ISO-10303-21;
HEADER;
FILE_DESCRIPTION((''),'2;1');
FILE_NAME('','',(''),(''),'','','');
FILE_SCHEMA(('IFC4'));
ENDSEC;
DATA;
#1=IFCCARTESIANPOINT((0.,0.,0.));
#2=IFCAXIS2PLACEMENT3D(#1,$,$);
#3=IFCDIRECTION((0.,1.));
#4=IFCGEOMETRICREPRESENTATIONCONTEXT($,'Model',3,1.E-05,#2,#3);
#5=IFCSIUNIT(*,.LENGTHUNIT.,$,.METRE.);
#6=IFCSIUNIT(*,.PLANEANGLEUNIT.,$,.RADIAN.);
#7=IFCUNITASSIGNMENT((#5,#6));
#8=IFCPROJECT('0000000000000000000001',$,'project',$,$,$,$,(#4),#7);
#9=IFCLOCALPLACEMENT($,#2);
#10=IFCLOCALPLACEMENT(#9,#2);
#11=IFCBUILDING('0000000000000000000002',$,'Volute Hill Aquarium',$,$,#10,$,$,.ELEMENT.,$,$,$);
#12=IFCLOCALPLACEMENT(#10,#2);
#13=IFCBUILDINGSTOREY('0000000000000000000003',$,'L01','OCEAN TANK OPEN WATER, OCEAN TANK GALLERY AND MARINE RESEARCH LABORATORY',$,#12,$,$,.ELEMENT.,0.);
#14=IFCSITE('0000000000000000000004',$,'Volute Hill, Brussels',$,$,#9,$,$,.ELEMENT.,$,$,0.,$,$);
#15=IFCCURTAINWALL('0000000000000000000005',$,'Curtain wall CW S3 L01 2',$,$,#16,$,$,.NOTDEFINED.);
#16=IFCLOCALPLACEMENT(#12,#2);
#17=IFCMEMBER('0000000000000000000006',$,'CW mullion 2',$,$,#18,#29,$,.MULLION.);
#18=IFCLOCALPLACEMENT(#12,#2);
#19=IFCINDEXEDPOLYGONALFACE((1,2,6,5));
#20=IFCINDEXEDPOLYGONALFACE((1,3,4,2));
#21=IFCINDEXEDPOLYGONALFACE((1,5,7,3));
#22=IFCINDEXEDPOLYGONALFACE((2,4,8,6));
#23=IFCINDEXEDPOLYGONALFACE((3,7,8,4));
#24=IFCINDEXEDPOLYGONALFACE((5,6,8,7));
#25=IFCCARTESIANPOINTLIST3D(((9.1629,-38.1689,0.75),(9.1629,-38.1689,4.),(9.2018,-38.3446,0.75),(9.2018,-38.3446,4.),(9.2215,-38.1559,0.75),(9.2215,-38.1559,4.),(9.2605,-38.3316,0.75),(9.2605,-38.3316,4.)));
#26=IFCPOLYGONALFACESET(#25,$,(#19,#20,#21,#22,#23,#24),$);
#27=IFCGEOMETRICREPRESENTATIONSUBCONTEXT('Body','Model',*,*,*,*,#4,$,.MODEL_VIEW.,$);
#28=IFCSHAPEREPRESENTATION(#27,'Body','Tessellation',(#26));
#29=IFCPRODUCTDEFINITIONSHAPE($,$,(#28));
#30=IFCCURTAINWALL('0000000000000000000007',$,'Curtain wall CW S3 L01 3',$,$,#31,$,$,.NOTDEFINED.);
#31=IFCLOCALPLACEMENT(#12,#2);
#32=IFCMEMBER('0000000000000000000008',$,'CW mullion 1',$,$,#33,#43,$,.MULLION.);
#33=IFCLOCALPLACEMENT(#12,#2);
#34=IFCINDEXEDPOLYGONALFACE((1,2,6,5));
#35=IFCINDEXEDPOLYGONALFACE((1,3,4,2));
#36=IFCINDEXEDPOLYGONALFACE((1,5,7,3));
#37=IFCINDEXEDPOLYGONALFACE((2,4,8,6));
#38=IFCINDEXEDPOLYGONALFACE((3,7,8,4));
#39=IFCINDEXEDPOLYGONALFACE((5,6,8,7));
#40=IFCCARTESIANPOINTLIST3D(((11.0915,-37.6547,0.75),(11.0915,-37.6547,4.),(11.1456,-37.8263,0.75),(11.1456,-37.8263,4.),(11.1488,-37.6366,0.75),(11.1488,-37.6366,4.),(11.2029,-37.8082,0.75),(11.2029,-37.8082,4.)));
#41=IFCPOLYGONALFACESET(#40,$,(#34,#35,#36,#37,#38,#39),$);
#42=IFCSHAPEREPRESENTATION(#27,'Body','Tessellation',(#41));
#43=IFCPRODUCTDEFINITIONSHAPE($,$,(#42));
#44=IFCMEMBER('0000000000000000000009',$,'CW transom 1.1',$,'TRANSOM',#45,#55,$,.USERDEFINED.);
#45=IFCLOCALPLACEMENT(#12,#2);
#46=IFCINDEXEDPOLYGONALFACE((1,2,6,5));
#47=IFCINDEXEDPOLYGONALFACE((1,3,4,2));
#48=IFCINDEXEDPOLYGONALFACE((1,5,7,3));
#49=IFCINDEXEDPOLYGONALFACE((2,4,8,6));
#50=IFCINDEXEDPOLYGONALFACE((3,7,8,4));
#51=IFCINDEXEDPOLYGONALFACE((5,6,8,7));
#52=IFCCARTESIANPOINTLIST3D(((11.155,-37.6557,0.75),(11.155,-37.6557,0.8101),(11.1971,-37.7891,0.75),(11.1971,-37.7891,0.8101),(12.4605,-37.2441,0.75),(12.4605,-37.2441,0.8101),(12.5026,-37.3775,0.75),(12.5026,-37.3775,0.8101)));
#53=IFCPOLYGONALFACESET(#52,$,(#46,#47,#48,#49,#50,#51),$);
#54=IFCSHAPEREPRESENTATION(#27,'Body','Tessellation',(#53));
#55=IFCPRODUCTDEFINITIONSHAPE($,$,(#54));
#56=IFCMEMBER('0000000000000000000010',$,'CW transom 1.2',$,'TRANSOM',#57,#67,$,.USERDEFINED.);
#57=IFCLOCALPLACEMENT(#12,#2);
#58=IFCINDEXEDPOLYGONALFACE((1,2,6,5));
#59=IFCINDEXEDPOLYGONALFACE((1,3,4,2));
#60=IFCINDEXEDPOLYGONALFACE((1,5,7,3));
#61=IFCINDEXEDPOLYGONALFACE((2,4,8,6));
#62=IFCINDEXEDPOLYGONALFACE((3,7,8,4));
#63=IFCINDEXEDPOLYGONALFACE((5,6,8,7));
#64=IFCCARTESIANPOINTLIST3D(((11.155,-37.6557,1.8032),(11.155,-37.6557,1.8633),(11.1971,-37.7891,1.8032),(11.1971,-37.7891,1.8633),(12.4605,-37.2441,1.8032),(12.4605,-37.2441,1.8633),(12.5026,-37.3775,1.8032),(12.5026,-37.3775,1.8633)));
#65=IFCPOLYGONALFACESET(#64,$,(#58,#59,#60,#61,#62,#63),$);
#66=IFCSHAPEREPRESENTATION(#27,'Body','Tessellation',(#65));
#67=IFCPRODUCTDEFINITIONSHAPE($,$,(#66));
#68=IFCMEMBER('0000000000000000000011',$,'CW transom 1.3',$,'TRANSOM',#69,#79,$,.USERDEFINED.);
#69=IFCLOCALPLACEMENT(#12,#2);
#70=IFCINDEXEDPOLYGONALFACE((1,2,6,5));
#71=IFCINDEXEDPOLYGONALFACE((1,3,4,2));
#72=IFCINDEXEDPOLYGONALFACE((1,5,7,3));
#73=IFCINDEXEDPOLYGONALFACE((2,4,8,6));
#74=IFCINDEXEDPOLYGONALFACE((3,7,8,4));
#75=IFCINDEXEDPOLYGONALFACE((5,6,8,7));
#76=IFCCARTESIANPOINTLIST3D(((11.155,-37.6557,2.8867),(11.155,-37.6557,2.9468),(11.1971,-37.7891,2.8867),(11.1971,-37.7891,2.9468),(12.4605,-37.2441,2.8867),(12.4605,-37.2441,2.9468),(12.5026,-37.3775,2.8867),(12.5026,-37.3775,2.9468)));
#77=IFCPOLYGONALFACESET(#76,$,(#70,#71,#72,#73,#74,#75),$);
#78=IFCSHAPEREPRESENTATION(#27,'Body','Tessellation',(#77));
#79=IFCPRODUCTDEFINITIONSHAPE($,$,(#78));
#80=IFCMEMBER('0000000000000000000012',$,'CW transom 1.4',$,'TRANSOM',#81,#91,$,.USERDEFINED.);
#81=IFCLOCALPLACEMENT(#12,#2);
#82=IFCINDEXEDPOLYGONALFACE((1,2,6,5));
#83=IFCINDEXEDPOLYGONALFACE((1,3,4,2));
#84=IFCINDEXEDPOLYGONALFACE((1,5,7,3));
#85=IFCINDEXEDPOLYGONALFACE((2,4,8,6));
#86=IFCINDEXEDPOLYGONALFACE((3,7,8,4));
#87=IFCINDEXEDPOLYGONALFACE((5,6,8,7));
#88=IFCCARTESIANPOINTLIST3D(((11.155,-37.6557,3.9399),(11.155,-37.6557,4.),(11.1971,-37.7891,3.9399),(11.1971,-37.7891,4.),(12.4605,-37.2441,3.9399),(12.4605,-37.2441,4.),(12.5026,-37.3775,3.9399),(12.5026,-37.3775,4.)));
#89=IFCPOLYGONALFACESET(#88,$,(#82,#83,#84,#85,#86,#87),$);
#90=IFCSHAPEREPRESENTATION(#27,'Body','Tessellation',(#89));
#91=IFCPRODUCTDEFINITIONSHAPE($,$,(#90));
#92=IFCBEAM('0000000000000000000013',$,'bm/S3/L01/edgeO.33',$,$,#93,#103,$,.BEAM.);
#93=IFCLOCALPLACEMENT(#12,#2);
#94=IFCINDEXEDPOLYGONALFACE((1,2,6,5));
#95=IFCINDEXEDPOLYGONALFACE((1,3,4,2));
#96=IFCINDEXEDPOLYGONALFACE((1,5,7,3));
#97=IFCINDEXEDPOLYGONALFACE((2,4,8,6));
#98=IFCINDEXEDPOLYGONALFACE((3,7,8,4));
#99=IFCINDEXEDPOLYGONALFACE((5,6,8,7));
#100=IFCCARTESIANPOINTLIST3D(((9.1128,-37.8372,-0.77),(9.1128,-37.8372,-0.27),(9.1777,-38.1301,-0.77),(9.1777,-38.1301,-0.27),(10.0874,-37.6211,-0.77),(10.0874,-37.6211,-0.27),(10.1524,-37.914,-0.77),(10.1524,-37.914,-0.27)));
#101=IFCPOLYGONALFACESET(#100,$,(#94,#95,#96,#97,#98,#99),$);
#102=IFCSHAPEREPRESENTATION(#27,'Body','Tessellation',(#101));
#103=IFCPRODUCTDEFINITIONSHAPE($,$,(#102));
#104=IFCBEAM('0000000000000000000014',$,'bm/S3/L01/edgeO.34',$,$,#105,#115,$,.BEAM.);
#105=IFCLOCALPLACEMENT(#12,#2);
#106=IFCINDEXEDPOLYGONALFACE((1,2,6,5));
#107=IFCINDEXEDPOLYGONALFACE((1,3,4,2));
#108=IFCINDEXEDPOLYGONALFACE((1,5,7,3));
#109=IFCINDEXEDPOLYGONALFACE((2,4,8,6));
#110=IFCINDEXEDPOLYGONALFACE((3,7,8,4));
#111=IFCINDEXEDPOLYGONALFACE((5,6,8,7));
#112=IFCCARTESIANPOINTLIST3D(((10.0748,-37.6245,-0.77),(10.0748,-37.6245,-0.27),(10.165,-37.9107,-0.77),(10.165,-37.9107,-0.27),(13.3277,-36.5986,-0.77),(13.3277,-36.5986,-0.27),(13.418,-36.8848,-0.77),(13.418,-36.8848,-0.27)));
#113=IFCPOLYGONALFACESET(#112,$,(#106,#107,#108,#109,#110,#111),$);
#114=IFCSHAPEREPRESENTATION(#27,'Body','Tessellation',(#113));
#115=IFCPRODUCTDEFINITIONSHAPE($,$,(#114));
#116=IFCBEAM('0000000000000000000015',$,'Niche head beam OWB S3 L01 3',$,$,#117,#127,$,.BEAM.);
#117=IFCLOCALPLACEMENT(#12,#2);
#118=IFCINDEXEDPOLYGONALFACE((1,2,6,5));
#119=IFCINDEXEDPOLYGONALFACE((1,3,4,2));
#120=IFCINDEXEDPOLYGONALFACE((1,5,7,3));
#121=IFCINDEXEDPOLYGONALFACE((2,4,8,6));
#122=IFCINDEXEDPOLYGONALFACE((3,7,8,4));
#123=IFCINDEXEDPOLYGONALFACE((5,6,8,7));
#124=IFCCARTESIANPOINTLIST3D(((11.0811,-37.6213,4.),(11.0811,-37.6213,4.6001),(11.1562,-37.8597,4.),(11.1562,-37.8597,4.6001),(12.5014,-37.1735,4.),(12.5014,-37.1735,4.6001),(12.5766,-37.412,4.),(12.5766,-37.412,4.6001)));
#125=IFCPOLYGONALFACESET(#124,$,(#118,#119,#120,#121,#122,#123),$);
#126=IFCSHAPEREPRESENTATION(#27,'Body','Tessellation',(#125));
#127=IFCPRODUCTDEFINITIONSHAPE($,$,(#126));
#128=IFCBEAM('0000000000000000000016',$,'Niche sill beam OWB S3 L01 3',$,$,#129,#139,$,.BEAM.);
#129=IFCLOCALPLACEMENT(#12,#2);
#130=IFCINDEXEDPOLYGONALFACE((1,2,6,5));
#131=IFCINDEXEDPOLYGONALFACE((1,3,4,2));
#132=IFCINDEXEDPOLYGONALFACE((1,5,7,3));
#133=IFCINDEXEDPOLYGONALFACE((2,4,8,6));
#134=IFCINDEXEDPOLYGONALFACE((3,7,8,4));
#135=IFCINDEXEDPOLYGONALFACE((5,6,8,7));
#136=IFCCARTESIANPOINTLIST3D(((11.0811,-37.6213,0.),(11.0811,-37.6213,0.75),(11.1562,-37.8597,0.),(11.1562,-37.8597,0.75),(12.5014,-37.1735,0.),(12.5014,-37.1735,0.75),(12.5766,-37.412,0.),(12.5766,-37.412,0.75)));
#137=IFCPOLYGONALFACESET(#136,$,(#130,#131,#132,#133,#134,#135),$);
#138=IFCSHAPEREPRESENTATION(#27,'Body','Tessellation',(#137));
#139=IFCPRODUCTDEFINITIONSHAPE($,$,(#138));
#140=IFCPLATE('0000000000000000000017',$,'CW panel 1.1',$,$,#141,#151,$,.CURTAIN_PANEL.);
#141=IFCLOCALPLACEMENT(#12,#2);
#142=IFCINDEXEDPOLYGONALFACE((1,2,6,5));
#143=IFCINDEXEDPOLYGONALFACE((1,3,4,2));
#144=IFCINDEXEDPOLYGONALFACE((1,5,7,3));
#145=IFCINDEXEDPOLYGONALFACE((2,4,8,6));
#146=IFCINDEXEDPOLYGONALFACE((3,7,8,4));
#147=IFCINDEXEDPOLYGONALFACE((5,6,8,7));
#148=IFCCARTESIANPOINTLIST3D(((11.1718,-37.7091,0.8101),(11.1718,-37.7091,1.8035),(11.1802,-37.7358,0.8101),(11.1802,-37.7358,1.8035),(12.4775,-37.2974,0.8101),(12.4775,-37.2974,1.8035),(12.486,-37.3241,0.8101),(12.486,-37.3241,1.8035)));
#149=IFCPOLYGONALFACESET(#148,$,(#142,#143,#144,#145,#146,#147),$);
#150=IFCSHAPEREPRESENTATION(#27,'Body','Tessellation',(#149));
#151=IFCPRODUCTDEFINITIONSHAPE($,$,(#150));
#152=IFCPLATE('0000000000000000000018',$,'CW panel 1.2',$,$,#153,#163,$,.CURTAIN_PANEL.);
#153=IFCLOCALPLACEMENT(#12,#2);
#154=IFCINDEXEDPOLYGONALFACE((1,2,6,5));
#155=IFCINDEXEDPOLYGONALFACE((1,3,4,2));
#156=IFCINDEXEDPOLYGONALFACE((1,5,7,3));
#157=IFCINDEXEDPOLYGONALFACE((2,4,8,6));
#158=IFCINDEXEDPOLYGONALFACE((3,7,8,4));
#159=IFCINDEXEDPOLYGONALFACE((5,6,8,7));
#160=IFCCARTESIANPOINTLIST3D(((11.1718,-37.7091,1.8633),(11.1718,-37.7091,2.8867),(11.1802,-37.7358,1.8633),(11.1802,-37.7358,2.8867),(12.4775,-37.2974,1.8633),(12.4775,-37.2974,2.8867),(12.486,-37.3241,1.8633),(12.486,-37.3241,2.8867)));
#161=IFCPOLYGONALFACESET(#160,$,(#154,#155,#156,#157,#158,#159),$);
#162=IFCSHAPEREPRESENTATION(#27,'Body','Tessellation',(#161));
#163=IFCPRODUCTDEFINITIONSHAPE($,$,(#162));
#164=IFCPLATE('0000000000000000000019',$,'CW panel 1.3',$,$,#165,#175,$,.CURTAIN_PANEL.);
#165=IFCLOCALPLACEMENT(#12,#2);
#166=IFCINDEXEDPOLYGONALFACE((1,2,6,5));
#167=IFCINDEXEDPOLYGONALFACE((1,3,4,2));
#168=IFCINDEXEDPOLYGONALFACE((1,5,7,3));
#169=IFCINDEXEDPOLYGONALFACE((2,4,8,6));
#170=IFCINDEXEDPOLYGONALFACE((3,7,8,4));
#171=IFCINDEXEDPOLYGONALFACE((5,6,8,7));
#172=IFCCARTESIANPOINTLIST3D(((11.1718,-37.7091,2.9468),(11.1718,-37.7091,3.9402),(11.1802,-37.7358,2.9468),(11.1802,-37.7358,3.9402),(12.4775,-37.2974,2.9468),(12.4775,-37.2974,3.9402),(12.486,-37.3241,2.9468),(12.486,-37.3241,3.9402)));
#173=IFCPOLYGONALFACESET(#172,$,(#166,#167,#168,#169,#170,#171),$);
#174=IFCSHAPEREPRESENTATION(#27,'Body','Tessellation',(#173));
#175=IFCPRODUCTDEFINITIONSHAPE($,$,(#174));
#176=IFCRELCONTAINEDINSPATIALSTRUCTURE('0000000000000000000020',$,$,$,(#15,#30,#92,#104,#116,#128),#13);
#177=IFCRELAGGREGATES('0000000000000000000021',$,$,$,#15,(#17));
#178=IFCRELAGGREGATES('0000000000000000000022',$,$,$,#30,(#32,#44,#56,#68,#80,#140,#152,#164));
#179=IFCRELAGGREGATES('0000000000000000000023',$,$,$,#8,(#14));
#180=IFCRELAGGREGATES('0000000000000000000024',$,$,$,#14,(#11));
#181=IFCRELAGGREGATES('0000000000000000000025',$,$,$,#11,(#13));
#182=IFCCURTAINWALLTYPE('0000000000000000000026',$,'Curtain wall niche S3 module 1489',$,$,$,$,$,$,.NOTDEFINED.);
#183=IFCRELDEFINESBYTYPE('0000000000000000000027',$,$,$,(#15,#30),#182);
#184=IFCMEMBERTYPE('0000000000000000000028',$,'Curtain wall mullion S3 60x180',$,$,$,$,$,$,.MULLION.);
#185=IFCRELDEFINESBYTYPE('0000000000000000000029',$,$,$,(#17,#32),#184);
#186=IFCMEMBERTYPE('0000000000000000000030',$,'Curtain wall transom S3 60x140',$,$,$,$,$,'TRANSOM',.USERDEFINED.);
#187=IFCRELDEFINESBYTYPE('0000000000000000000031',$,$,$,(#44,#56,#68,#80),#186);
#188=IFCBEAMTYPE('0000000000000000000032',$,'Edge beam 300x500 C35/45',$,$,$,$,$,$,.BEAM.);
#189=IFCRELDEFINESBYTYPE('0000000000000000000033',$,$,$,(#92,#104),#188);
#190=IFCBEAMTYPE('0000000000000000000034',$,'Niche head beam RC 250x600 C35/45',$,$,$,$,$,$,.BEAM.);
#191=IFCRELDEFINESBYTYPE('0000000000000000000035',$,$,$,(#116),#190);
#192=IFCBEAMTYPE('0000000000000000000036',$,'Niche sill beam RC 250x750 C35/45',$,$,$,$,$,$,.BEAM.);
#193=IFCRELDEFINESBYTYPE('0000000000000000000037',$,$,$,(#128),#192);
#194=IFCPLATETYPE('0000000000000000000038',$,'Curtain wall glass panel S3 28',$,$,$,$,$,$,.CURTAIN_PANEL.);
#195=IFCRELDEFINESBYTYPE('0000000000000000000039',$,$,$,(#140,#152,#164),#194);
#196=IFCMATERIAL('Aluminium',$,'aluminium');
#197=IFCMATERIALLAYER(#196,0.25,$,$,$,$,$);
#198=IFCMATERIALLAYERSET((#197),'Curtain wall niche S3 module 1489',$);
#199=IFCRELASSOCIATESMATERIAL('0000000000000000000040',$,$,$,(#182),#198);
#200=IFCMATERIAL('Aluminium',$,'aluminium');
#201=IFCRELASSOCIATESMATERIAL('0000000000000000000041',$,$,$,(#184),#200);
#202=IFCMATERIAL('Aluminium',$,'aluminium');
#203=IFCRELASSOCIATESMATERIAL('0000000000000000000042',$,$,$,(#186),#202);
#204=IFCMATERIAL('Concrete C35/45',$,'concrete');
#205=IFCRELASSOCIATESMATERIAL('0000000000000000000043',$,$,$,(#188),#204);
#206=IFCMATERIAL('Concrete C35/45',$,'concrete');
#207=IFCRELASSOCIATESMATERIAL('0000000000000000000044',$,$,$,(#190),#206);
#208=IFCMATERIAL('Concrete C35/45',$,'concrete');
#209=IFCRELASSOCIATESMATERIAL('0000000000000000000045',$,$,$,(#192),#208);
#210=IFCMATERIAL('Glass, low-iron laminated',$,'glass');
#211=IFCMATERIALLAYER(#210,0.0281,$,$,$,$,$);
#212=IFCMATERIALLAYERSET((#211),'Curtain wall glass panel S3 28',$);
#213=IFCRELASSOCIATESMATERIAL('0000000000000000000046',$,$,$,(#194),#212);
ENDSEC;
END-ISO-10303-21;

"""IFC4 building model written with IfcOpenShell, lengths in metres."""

from ifc_helpers import new_model, si_unit, direction, frame, origin, origin_2d, place, context, subcontext, project, spatial, rectangle, extrude, material, layer, layer_set, material_profile, profile_set, type_object, element, aggregate, save


model = new_model("IFC4")

# Units and contexts
model_context = context("Model", 3, precision=1e-05, world=origin(), true_north=direction((0.0, 1.0)))
body_context = subcontext(model_context, "Body", "Model", "MODEL_VIEW")
ifc_project = project(units=[si_unit("LENGTHUNIT", "METRE"), si_unit("PLANEANGLEUNIT", "RADIAN")], contexts=[model_context])

# Site, building, storey
site_placement = place(None, origin())
site = spatial("IfcSite", under=ifc_project, at=site_placement, Name="Volute Hill, Brussels", CompositionType="ELEMENT", RefElevation=0.0)
building_placement = place(site_placement, origin())
building = spatial("IfcBuilding", under=site, at=building_placement, Name="Volute Hill Aquarium", CompositionType="ELEMENT")
storey_placement = place(building_placement, origin())
storey = spatial("IfcBuildingStorey", under=building, at=storey_placement, Name="L01", Description="OCEAN TANK OPEN WATER, OCEAN TANK GALLERY AND MARINE RESEARCH LABORATORY", CompositionType="ELEMENT", Elevation=0.0)

# Curtain wall, member
ifc_material_1 = material(Name="Aluminium", Category="aluminium")
ifc_layer_1 = layer(ifc_material_1, 0.25)
ifc_layer_set_1 = layer_set([ifc_layer_1], Name="Curtain wall niche S3 module 1489")
curtain_wall_type = type_object("IfcCurtainWallType", Name="Curtain wall niche S3 module 1489", PredefinedType="NOTDEFINED", material=ifc_layer_set_1)
curtain_wall_1_placement = place(storey_placement, origin())
curtain_wall_1 = element("IfcCurtainWall", 1, at=curtain_wall_1_placement, inside=storey, type_object=curtain_wall_type, Name="Curtain wall CW S3 L01 2", PredefinedType="NOTDEFINED")
ifc_material_2 = material(Name="Aluminium", Category="aluminium")
ifc_material_profile_1 = material_profile(ifc_material_2, rectangle(XDim=0.1799, YDim=0.0601, at=origin_2d()), Name="Curtain wall mullion S3 60x180")
ifc_profile_set_1 = profile_set([ifc_material_profile_1], Name="Aluminium")
member_type_1 = type_object("IfcMemberType", Name="Curtain wall mullion S3 60x180", PredefinedType="MULLION", material=ifc_profile_set_1)
member_1_placement = place(storey_placement, frame((9.2117, -38.2502, 0.75), z_axis=(0.0, 0.0, 1.0), x_axis=(-0.216429, 0.976298, 0.0)))
member_1 = element("IfcMember", 2, at=member_1_placement, type_object=member_type_1, Name="CW mullion 2", PredefinedType="MULLION", context=body_context, shape_type="SweptSolid", body=[
    extrude(rectangle(XDim=0.1799, YDim=0.0601, at=origin_2d()), origin(), (0.0, 0.0, 1.0), 3.25),
])
aggregate(curtain_wall_1, [member_1])

# Curtain wall, members
curtain_wall_2_placement = place(storey_placement, origin())
curtain_wall_2 = element("IfcCurtainWall", 3, at=curtain_wall_2_placement, inside=storey, type_object=curtain_wall_type, Name="Curtain wall CW S3 L01 3", PredefinedType="NOTDEFINED")
member_2_placement = place(storey_placement, frame((11.1472, -37.7314, 0.75), z_axis=(0.0, 0.0, 1.0), x_axis=(-0.300713, 0.953715, 0.0)))
member_2 = element("IfcMember", 4, at=member_2_placement, type_object=member_type_1, Name="CW mullion 1", PredefinedType="MULLION", context=body_context, shape_type="SweptSolid", body=[
    extrude(rectangle(XDim=0.1799, YDim=0.0601, at=origin_2d()), origin(), (0.0, 0.0, 1.0), 3.25),
])
ifc_material_3 = material(Name="Aluminium", Category="aluminium")
ifc_material_profile_2 = material_profile(ifc_material_3, rectangle(XDim=0.1399, YDim=0.0601, at=origin_2d()), Name="Curtain wall transom S3 60x140")
ifc_profile_set_2 = profile_set([ifc_material_profile_2], Name="Aluminium")
member_type_2 = type_object("IfcMemberType", Name="Curtain wall transom S3 60x140", ElementType="TRANSOM", PredefinedType="USERDEFINED", material=ifc_profile_set_2)
member_3_placement = place(storey_placement, frame((11.176, -37.7224, 0.78), z_axis=(0.953728, 0.30067, 0.0), x_axis=(-0.30067, 0.953728, 0.0)))
member_3 = element("IfcMember", 5, at=member_3_placement, type_object=member_type_2, Name="CW transom 1.1", ObjectType="TRANSOM", PredefinedType="USERDEFINED", context=body_context, shape_type="SweptSolid", body=[
    extrude(rectangle(XDim=0.1399, YDim=0.0601, at=origin_2d()), origin(), (0.0, 0.0, 1.0), 1.3689),
])
member_4_placement = place(storey_placement, frame((11.176, -37.7224, 1.8333), z_axis=(0.953728, 0.30067, 0.0), x_axis=(-0.30067, 0.953728, 0.0)))
member_4 = element("IfcMember", 6, at=member_4_placement, type_object=member_type_2, Name="CW transom 1.2", ObjectType="TRANSOM", PredefinedType="USERDEFINED", context=body_context, shape_type="SweptSolid", body=[
    extrude(rectangle(XDim=0.1399, YDim=0.0601, at=origin_2d()), origin(), (0.0, 0.0, 1.0), 1.3689),
])
member_5_placement = place(storey_placement, frame((11.176, -37.7224, 2.9167), z_axis=(0.953728, 0.30067, 0.0), x_axis=(-0.30067, 0.953728, 0.0)))
member_5 = element("IfcMember", 7, at=member_5_placement, type_object=member_type_2, Name="CW transom 1.3", ObjectType="TRANSOM", PredefinedType="USERDEFINED", context=body_context, shape_type="SweptSolid", body=[
    extrude(rectangle(XDim=0.1399, YDim=0.0601, at=origin_2d()), origin(), (0.0, 0.0, 1.0), 1.3689),
])
member_6_placement = place(storey_placement, frame((11.176, -37.7224, 3.97), z_axis=(0.953728, 0.30067, 0.0), x_axis=(-0.30067, 0.953728, 0.0)))
member_6 = element("IfcMember", 8, at=member_6_placement, type_object=member_type_2, Name="CW transom 1.4", ObjectType="TRANSOM", PredefinedType="USERDEFINED", context=body_context, shape_type="SweptSolid", body=[
    extrude(rectangle(XDim=0.1399, YDim=0.0601, at=origin_2d()), origin(), (0.0, 0.0, 1.0), 1.3689),
])

# Beams
ifc_material_4 = material(Name="Concrete C35/45", Category="concrete")
ifc_material_profile_3 = material_profile(ifc_material_4, rectangle(XDim=0.3, YDim=0.5, at=origin_2d()), Name="RC edge beam 300x500")
ifc_profile_set_3 = profile_set([ifc_material_profile_3], Name="Concrete C35/45")
beam_type_1 = type_object("IfcBeamType", Name="Edge beam 300x500 C35/45", PredefinedType="BEAM", material=ifc_profile_set_3)
beam_1_placement = place(storey_placement, frame((9.1453, -37.9836, -0.52), z_axis=(0.976296, 0.216438, 0.0), x_axis=(-0.216438, 0.976296, 0.0)))
element("IfcBeam", 9, at=beam_1_placement, inside=storey, type_object=beam_type_1, Name="bm/S3/L01/edgeO.33", PredefinedType="BEAM", context=body_context, shape_type="SweptSolid", body=[
    extrude(rectangle(XDim=0.3, YDim=0.5, at=origin_2d()), origin(), (0.0, 0.0, 1.0), 0.9983),
])
beam_2_placement = place(storey_placement, frame((10.1199, -37.7676, -0.52), z_axis=(0.953697, 0.300768, 0.0), x_axis=(-0.300768, 0.953697, 0.0)))
element("IfcBeam", 10, at=beam_2_placement, inside=storey, type_object=beam_type_1, Name="bm/S3/L01/edgeO.34", PredefinedType="BEAM", context=body_context, shape_type="SweptSolid", body=[
    extrude(rectangle(XDim=0.3, YDim=0.5, at=origin_2d()), origin(), (0.0, 0.0, 1.0), 3.4109),
])
ifc_material_5 = material(Name="Concrete C35/45", Category="concrete")
ifc_material_profile_4 = material_profile(ifc_material_5, rectangle(XDim=0.25, YDim=0.6001, at=origin_2d()), Name="RC beam 250x600")
ifc_profile_set_4 = profile_set([ifc_material_profile_4], Name="Concrete C35/45")
beam_type_2 = type_object("IfcBeamType", Name="Niche head beam RC 250x600 C35/45", PredefinedType="BEAM", material=ifc_profile_set_4)
beam_3_placement = place(storey_placement, frame((11.1187, -37.7405, 4.3), z_axis=(0.953736, 0.300645, 0.0), x_axis=(-0.300645, 0.953736, 0.0)))
element("IfcBeam", 11, at=beam_3_placement, inside=storey, type_object=beam_type_2, Name="Niche head beam OWB S3 L01 3", PredefinedType="BEAM", context=body_context, shape_type="SweptSolid", body=[
    extrude(rectangle(XDim=0.25, YDim=0.6001, at=origin_2d()), origin(), (0.0, 0.0, 1.0), 1.4893),
])
ifc_material_6 = material(Name="Concrete C35/45", Category="concrete")
ifc_material_profile_5 = material_profile(ifc_material_6, rectangle(XDim=0.25, YDim=0.75, at=origin_2d()), Name="RC beam 250x750")
ifc_profile_set_5 = profile_set([ifc_material_profile_5], Name="Concrete C35/45")
beam_type_3 = type_object("IfcBeamType", Name="Niche sill beam RC 250x750 C35/45", PredefinedType="BEAM", material=ifc_profile_set_5)
beam_4_placement = place(storey_placement, frame((11.1187, -37.7405, 0.375), z_axis=(0.953736, 0.300645, 0.0), x_axis=(-0.300645, 0.953736, 0.0)))
element("IfcBeam", 12, at=beam_4_placement, inside=storey, type_object=beam_type_3, Name="Niche sill beam OWB S3 L01 3", PredefinedType="BEAM", context=body_context, shape_type="SweptSolid", body=[
    extrude(rectangle(XDim=0.25, YDim=0.75, at=origin_2d()), origin(), (0.0, 0.0, 1.0), 1.4893),
])

# Plates
ifc_material_7 = material(Name="Glass, low-iron laminated", Category="glass")
ifc_layer_2 = layer(ifc_material_7, 0.0281)
ifc_layer_set_2 = layer_set([ifc_layer_2], Name="Curtain wall glass panel S3 28")
plate_type = type_object("IfcPlateType", Name="Curtain wall glass panel S3 28", PredefinedType="CURTAIN_PANEL", material=ifc_layer_set_2)
plate_1_placement = place(storey_placement, frame((11.8289, -37.5166, 0.8101), z_axis=(0.0, 0.0, 1.0), x_axis=(0.953715, 0.300713, 0.0)))
plate_1 = element("IfcPlate", 13, at=plate_1_placement, type_object=plate_type, Name="CW panel 1.1", PredefinedType="CURTAIN_PANEL", context=body_context, shape_type="SweptSolid", body=[
    extrude(rectangle(XDim=1.3691, YDim=0.0281, at=origin_2d()), origin(), (0.0, 0.0, 1.0), 0.9934),
])
plate_2_placement = place(storey_placement, frame((11.8289, -37.5166, 1.8633), z_axis=(0.0, 0.0, 1.0), x_axis=(0.953715, 0.300713, 0.0)))
plate_2 = element("IfcPlate", 14, at=plate_2_placement, type_object=plate_type, Name="CW panel 1.2", PredefinedType="CURTAIN_PANEL", context=body_context, shape_type="SweptSolid", body=[
    extrude(rectangle(XDim=1.3691, YDim=0.0281, at=origin_2d()), origin(), (0.0, 0.0, 1.0), 1.0234),
])
plate_3_placement = place(storey_placement, frame((11.8289, -37.5166, 2.9468), z_axis=(0.0, 0.0, 1.0), x_axis=(0.953715, 0.300713, 0.0)))
plate_3 = element("IfcPlate", 15, at=plate_3_placement, type_object=plate_type, Name="CW panel 1.3", PredefinedType="CURTAIN_PANEL", context=body_context, shape_type="SweptSolid", body=[
    extrude(rectangle(XDim=1.3691, YDim=0.0281, at=origin_2d()), origin(), (0.0, 0.0, 1.0), 0.9934),
])
aggregate(curtain_wall_2, [member_2, member_3, member_4, member_5, member_6, plate_1, plate_2, plate_3])

save(model, "model.ifc")
